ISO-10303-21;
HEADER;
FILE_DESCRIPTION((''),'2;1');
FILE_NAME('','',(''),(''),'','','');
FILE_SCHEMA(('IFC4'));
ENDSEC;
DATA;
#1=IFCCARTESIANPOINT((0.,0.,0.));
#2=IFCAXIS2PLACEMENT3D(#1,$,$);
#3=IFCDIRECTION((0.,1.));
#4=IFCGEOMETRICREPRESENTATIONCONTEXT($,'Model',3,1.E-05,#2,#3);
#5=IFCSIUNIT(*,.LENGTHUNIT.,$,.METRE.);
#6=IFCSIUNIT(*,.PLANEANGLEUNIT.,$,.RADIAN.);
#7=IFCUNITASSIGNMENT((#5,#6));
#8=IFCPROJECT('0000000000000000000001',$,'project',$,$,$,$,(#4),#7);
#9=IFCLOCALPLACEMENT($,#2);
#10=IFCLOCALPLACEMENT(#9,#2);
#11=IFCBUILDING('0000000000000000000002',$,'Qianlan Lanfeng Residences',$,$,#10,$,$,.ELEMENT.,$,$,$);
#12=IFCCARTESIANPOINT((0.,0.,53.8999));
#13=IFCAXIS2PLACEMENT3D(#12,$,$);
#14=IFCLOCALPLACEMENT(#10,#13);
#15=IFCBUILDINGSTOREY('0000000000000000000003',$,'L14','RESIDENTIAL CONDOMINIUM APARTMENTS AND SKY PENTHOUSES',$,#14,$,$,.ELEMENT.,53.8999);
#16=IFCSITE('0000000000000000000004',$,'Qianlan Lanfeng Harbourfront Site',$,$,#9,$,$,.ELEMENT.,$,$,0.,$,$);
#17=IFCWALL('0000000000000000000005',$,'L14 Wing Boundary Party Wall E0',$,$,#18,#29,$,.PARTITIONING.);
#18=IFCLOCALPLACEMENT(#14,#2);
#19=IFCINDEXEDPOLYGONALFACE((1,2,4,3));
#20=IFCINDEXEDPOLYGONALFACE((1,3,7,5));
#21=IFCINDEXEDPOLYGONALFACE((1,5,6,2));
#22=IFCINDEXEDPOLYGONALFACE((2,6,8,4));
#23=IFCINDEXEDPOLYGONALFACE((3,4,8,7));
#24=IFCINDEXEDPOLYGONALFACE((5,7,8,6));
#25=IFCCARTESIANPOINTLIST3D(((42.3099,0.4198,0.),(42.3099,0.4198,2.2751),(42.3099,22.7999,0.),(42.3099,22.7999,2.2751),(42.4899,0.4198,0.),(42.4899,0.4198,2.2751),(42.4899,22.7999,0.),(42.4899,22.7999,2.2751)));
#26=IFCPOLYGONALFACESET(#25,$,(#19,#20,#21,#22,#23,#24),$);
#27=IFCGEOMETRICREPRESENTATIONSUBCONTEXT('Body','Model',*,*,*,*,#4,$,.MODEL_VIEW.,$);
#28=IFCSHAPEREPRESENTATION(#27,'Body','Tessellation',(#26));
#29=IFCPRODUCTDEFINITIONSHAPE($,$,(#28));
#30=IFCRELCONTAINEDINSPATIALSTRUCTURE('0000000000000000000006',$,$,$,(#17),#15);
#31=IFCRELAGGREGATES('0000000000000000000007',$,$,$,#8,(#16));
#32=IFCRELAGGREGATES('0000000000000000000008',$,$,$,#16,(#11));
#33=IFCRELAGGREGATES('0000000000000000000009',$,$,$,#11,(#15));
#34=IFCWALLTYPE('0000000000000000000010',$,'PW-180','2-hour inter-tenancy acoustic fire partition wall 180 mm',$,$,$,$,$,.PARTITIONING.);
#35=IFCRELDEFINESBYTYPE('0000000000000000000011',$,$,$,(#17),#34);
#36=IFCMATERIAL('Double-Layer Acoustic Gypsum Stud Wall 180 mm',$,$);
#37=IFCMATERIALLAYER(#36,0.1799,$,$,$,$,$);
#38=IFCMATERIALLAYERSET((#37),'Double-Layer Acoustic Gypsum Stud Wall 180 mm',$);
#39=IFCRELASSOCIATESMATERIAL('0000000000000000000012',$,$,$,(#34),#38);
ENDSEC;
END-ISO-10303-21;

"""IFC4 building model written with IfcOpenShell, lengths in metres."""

from ifc_helpers import new_model, si_unit, direction, frame, frame_2d, origin, place, context, subcontext, project, spatial, rectangle, extrude, material, layer, layer_set, type_object, element, save


model = new_model("IFC4")

# Units and contexts
model_context = context("Model", 3, precision=1e-05, world=origin(), true_north=direction((0.0, 1.0)))
body_context = subcontext(model_context, "Body", "Model", "MODEL_VIEW")
ifc_project = project(units=[si_unit("LENGTHUNIT", "METRE"), si_unit("PLANEANGLEUNIT", "RADIAN")], contexts=[model_context])

# Site, building, storey
site_placement = place(None, origin())
site = spatial("IfcSite", under=ifc_project, at=site_placement, Name="Qianlan Lanfeng Harbourfront Site", CompositionType="ELEMENT", RefElevation=0.0)
building_placement = place(site_placement, origin())
building = spatial("IfcBuilding", under=site, at=building_placement, Name="Qianlan Lanfeng Residences", CompositionType="ELEMENT")
storey_placement = place(building_placement, frame((0.0, 0.0, 53.8999)))
storey = spatial("IfcBuildingStorey", under=building, at=storey_placement, Name="L14", Description="RESIDENTIAL CONDOMINIUM APARTMENTS AND SKY PENTHOUSES", CompositionType="ELEMENT", Elevation=53.8999)

# Wall
ifc_material_1 = material(Name="Double-Layer Acoustic Gypsum Stud Wall 180 mm")
ifc_layer_1 = layer(ifc_material_1, 0.1799)
ifc_layer_set_1 = layer_set([ifc_layer_1], Name="Double-Layer Acoustic Gypsum Stud Wall 180 mm")
wall_type_1 = type_object("IfcWallType", Name="PW-180", Description="2-hour inter-tenancy acoustic fire partition wall 180 mm", PredefinedType="PARTITIONING", material=ifc_layer_set_1)
wall_1_placement = place(storey_placement, frame((42.3999, 0.4199, 0.0), z_axis=(0.0, 0.0, 1.0), x_axis=(0.0, 1.0, 0.0)))
element("IfcWall", 1, at=wall_1_placement, inside=storey, type_object=wall_type_1, Name="L14 Wing Boundary Party Wall E0", PredefinedType="PARTITIONING", context=body_context, shape_type="SweptSolid", body=[
    extrude(rectangle(XDim=22.3801, YDim=0.1799, at=frame_2d((11.1899, 0.0))), origin(), (0.0, 0.0, 1.0), 2.2751),
])

save(model, "model.ifc")
